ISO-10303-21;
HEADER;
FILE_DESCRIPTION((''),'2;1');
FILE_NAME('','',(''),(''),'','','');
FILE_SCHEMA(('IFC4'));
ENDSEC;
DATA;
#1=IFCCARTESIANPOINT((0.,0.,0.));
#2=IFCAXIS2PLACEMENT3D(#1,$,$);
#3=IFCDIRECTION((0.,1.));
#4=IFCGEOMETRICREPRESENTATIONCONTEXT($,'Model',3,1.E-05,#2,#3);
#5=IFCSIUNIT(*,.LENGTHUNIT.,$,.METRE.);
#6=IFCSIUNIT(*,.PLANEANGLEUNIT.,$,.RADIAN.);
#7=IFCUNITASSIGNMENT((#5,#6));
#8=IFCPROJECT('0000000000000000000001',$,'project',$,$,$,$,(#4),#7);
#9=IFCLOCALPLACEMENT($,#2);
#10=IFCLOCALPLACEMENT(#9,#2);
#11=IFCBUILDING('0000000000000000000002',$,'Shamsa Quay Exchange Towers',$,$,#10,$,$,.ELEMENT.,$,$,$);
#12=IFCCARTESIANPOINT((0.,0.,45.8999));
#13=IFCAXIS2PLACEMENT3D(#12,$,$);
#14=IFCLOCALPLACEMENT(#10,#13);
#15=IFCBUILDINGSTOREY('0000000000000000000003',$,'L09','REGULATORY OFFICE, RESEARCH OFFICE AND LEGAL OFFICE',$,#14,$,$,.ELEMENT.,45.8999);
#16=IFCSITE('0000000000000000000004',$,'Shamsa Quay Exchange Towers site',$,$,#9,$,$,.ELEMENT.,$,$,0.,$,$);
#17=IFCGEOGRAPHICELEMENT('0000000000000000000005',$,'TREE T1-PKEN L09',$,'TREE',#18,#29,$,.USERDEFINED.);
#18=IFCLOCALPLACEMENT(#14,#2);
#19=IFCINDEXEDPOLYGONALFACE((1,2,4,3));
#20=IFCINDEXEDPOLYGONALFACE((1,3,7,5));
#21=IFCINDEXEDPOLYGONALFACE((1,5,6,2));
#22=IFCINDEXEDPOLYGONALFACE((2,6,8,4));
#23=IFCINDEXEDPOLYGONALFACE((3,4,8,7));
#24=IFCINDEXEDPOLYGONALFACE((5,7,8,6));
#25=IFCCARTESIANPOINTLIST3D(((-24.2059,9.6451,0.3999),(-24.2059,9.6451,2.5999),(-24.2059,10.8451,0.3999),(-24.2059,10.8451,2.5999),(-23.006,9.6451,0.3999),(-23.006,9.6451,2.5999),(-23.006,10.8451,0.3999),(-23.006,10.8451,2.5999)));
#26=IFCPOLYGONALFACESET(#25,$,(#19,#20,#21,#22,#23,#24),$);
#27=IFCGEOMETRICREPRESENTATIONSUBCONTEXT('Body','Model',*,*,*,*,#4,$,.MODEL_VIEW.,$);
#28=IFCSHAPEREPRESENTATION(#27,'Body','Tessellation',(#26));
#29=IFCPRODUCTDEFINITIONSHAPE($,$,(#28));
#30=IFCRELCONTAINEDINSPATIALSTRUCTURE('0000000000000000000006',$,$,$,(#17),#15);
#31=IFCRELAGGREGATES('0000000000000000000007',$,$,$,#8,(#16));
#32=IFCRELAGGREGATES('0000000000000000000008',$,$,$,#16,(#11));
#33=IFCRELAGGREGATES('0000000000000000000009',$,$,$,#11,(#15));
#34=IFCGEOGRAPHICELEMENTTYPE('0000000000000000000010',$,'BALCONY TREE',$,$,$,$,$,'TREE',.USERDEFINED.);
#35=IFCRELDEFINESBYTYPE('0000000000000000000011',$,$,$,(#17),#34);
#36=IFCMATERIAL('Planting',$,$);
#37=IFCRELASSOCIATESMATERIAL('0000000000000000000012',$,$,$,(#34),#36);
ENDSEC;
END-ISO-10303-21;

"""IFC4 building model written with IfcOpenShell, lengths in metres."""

from ifc_helpers import new_model, si_unit, direction, frame, origin, origin_2d, place, context, subcontext, project, spatial, rectangle, extrude, material, type_object, element, save


model = new_model("IFC4")

# Units and contexts
model_context = context("Model", 3, precision=1e-05, world=origin(), true_north=direction((0.0, 1.0)))
body_context = subcontext(model_context, "Body", "Model", "MODEL_VIEW")
ifc_project = project(units=[si_unit("LENGTHUNIT", "METRE"), si_unit("PLANEANGLEUNIT", "RADIAN")], contexts=[model_context])

# Site, building, storey
site_placement = place(None, origin())
site = spatial("IfcSite", under=ifc_project, at=site_placement, Name="Shamsa Quay Exchange Towers site", CompositionType="ELEMENT", RefElevation=0.0)
building_placement = place(site_placement, origin())
building = spatial("IfcBuilding", under=site, at=building_placement, Name="Shamsa Quay Exchange Towers", CompositionType="ELEMENT")
storey_placement = place(building_placement, frame((0.0, 0.0, 45.8999)))
storey = spatial("IfcBuildingStorey", under=building, at=storey_placement, Name="L09", Description="REGULATORY OFFICE, RESEARCH OFFICE AND LEGAL OFFICE", CompositionType="ELEMENT", Elevation=45.8999)

# Geographic element
ifc_material_1 = material(Name="Planting")
geographic_element_type = type_object("IfcGeographicElementType", Name="BALCONY TREE", ElementType="TREE", PredefinedType="USERDEFINED", material=ifc_material_1)
geographic_element_placement = place(storey_placement, frame((-23.606, 10.2451, 0.3999), z_axis=(0.0, 0.0, 1.0), x_axis=(-1.0, 0.0, 0.0)))
element("IfcGeographicElement", 1, at=geographic_element_placement, inside=storey, type_object=geographic_element_type, Name="TREE T1-PKEN L09", ObjectType="TREE", PredefinedType="USERDEFINED", context=body_context, shape_type="SweptSolid", body=[
    extrude(rectangle(XDim=1.2, YDim=1.2, at=origin_2d()), origin(), (0.0, 0.0, 1.0), 2.2),
])

save(model, "model.ifc")
